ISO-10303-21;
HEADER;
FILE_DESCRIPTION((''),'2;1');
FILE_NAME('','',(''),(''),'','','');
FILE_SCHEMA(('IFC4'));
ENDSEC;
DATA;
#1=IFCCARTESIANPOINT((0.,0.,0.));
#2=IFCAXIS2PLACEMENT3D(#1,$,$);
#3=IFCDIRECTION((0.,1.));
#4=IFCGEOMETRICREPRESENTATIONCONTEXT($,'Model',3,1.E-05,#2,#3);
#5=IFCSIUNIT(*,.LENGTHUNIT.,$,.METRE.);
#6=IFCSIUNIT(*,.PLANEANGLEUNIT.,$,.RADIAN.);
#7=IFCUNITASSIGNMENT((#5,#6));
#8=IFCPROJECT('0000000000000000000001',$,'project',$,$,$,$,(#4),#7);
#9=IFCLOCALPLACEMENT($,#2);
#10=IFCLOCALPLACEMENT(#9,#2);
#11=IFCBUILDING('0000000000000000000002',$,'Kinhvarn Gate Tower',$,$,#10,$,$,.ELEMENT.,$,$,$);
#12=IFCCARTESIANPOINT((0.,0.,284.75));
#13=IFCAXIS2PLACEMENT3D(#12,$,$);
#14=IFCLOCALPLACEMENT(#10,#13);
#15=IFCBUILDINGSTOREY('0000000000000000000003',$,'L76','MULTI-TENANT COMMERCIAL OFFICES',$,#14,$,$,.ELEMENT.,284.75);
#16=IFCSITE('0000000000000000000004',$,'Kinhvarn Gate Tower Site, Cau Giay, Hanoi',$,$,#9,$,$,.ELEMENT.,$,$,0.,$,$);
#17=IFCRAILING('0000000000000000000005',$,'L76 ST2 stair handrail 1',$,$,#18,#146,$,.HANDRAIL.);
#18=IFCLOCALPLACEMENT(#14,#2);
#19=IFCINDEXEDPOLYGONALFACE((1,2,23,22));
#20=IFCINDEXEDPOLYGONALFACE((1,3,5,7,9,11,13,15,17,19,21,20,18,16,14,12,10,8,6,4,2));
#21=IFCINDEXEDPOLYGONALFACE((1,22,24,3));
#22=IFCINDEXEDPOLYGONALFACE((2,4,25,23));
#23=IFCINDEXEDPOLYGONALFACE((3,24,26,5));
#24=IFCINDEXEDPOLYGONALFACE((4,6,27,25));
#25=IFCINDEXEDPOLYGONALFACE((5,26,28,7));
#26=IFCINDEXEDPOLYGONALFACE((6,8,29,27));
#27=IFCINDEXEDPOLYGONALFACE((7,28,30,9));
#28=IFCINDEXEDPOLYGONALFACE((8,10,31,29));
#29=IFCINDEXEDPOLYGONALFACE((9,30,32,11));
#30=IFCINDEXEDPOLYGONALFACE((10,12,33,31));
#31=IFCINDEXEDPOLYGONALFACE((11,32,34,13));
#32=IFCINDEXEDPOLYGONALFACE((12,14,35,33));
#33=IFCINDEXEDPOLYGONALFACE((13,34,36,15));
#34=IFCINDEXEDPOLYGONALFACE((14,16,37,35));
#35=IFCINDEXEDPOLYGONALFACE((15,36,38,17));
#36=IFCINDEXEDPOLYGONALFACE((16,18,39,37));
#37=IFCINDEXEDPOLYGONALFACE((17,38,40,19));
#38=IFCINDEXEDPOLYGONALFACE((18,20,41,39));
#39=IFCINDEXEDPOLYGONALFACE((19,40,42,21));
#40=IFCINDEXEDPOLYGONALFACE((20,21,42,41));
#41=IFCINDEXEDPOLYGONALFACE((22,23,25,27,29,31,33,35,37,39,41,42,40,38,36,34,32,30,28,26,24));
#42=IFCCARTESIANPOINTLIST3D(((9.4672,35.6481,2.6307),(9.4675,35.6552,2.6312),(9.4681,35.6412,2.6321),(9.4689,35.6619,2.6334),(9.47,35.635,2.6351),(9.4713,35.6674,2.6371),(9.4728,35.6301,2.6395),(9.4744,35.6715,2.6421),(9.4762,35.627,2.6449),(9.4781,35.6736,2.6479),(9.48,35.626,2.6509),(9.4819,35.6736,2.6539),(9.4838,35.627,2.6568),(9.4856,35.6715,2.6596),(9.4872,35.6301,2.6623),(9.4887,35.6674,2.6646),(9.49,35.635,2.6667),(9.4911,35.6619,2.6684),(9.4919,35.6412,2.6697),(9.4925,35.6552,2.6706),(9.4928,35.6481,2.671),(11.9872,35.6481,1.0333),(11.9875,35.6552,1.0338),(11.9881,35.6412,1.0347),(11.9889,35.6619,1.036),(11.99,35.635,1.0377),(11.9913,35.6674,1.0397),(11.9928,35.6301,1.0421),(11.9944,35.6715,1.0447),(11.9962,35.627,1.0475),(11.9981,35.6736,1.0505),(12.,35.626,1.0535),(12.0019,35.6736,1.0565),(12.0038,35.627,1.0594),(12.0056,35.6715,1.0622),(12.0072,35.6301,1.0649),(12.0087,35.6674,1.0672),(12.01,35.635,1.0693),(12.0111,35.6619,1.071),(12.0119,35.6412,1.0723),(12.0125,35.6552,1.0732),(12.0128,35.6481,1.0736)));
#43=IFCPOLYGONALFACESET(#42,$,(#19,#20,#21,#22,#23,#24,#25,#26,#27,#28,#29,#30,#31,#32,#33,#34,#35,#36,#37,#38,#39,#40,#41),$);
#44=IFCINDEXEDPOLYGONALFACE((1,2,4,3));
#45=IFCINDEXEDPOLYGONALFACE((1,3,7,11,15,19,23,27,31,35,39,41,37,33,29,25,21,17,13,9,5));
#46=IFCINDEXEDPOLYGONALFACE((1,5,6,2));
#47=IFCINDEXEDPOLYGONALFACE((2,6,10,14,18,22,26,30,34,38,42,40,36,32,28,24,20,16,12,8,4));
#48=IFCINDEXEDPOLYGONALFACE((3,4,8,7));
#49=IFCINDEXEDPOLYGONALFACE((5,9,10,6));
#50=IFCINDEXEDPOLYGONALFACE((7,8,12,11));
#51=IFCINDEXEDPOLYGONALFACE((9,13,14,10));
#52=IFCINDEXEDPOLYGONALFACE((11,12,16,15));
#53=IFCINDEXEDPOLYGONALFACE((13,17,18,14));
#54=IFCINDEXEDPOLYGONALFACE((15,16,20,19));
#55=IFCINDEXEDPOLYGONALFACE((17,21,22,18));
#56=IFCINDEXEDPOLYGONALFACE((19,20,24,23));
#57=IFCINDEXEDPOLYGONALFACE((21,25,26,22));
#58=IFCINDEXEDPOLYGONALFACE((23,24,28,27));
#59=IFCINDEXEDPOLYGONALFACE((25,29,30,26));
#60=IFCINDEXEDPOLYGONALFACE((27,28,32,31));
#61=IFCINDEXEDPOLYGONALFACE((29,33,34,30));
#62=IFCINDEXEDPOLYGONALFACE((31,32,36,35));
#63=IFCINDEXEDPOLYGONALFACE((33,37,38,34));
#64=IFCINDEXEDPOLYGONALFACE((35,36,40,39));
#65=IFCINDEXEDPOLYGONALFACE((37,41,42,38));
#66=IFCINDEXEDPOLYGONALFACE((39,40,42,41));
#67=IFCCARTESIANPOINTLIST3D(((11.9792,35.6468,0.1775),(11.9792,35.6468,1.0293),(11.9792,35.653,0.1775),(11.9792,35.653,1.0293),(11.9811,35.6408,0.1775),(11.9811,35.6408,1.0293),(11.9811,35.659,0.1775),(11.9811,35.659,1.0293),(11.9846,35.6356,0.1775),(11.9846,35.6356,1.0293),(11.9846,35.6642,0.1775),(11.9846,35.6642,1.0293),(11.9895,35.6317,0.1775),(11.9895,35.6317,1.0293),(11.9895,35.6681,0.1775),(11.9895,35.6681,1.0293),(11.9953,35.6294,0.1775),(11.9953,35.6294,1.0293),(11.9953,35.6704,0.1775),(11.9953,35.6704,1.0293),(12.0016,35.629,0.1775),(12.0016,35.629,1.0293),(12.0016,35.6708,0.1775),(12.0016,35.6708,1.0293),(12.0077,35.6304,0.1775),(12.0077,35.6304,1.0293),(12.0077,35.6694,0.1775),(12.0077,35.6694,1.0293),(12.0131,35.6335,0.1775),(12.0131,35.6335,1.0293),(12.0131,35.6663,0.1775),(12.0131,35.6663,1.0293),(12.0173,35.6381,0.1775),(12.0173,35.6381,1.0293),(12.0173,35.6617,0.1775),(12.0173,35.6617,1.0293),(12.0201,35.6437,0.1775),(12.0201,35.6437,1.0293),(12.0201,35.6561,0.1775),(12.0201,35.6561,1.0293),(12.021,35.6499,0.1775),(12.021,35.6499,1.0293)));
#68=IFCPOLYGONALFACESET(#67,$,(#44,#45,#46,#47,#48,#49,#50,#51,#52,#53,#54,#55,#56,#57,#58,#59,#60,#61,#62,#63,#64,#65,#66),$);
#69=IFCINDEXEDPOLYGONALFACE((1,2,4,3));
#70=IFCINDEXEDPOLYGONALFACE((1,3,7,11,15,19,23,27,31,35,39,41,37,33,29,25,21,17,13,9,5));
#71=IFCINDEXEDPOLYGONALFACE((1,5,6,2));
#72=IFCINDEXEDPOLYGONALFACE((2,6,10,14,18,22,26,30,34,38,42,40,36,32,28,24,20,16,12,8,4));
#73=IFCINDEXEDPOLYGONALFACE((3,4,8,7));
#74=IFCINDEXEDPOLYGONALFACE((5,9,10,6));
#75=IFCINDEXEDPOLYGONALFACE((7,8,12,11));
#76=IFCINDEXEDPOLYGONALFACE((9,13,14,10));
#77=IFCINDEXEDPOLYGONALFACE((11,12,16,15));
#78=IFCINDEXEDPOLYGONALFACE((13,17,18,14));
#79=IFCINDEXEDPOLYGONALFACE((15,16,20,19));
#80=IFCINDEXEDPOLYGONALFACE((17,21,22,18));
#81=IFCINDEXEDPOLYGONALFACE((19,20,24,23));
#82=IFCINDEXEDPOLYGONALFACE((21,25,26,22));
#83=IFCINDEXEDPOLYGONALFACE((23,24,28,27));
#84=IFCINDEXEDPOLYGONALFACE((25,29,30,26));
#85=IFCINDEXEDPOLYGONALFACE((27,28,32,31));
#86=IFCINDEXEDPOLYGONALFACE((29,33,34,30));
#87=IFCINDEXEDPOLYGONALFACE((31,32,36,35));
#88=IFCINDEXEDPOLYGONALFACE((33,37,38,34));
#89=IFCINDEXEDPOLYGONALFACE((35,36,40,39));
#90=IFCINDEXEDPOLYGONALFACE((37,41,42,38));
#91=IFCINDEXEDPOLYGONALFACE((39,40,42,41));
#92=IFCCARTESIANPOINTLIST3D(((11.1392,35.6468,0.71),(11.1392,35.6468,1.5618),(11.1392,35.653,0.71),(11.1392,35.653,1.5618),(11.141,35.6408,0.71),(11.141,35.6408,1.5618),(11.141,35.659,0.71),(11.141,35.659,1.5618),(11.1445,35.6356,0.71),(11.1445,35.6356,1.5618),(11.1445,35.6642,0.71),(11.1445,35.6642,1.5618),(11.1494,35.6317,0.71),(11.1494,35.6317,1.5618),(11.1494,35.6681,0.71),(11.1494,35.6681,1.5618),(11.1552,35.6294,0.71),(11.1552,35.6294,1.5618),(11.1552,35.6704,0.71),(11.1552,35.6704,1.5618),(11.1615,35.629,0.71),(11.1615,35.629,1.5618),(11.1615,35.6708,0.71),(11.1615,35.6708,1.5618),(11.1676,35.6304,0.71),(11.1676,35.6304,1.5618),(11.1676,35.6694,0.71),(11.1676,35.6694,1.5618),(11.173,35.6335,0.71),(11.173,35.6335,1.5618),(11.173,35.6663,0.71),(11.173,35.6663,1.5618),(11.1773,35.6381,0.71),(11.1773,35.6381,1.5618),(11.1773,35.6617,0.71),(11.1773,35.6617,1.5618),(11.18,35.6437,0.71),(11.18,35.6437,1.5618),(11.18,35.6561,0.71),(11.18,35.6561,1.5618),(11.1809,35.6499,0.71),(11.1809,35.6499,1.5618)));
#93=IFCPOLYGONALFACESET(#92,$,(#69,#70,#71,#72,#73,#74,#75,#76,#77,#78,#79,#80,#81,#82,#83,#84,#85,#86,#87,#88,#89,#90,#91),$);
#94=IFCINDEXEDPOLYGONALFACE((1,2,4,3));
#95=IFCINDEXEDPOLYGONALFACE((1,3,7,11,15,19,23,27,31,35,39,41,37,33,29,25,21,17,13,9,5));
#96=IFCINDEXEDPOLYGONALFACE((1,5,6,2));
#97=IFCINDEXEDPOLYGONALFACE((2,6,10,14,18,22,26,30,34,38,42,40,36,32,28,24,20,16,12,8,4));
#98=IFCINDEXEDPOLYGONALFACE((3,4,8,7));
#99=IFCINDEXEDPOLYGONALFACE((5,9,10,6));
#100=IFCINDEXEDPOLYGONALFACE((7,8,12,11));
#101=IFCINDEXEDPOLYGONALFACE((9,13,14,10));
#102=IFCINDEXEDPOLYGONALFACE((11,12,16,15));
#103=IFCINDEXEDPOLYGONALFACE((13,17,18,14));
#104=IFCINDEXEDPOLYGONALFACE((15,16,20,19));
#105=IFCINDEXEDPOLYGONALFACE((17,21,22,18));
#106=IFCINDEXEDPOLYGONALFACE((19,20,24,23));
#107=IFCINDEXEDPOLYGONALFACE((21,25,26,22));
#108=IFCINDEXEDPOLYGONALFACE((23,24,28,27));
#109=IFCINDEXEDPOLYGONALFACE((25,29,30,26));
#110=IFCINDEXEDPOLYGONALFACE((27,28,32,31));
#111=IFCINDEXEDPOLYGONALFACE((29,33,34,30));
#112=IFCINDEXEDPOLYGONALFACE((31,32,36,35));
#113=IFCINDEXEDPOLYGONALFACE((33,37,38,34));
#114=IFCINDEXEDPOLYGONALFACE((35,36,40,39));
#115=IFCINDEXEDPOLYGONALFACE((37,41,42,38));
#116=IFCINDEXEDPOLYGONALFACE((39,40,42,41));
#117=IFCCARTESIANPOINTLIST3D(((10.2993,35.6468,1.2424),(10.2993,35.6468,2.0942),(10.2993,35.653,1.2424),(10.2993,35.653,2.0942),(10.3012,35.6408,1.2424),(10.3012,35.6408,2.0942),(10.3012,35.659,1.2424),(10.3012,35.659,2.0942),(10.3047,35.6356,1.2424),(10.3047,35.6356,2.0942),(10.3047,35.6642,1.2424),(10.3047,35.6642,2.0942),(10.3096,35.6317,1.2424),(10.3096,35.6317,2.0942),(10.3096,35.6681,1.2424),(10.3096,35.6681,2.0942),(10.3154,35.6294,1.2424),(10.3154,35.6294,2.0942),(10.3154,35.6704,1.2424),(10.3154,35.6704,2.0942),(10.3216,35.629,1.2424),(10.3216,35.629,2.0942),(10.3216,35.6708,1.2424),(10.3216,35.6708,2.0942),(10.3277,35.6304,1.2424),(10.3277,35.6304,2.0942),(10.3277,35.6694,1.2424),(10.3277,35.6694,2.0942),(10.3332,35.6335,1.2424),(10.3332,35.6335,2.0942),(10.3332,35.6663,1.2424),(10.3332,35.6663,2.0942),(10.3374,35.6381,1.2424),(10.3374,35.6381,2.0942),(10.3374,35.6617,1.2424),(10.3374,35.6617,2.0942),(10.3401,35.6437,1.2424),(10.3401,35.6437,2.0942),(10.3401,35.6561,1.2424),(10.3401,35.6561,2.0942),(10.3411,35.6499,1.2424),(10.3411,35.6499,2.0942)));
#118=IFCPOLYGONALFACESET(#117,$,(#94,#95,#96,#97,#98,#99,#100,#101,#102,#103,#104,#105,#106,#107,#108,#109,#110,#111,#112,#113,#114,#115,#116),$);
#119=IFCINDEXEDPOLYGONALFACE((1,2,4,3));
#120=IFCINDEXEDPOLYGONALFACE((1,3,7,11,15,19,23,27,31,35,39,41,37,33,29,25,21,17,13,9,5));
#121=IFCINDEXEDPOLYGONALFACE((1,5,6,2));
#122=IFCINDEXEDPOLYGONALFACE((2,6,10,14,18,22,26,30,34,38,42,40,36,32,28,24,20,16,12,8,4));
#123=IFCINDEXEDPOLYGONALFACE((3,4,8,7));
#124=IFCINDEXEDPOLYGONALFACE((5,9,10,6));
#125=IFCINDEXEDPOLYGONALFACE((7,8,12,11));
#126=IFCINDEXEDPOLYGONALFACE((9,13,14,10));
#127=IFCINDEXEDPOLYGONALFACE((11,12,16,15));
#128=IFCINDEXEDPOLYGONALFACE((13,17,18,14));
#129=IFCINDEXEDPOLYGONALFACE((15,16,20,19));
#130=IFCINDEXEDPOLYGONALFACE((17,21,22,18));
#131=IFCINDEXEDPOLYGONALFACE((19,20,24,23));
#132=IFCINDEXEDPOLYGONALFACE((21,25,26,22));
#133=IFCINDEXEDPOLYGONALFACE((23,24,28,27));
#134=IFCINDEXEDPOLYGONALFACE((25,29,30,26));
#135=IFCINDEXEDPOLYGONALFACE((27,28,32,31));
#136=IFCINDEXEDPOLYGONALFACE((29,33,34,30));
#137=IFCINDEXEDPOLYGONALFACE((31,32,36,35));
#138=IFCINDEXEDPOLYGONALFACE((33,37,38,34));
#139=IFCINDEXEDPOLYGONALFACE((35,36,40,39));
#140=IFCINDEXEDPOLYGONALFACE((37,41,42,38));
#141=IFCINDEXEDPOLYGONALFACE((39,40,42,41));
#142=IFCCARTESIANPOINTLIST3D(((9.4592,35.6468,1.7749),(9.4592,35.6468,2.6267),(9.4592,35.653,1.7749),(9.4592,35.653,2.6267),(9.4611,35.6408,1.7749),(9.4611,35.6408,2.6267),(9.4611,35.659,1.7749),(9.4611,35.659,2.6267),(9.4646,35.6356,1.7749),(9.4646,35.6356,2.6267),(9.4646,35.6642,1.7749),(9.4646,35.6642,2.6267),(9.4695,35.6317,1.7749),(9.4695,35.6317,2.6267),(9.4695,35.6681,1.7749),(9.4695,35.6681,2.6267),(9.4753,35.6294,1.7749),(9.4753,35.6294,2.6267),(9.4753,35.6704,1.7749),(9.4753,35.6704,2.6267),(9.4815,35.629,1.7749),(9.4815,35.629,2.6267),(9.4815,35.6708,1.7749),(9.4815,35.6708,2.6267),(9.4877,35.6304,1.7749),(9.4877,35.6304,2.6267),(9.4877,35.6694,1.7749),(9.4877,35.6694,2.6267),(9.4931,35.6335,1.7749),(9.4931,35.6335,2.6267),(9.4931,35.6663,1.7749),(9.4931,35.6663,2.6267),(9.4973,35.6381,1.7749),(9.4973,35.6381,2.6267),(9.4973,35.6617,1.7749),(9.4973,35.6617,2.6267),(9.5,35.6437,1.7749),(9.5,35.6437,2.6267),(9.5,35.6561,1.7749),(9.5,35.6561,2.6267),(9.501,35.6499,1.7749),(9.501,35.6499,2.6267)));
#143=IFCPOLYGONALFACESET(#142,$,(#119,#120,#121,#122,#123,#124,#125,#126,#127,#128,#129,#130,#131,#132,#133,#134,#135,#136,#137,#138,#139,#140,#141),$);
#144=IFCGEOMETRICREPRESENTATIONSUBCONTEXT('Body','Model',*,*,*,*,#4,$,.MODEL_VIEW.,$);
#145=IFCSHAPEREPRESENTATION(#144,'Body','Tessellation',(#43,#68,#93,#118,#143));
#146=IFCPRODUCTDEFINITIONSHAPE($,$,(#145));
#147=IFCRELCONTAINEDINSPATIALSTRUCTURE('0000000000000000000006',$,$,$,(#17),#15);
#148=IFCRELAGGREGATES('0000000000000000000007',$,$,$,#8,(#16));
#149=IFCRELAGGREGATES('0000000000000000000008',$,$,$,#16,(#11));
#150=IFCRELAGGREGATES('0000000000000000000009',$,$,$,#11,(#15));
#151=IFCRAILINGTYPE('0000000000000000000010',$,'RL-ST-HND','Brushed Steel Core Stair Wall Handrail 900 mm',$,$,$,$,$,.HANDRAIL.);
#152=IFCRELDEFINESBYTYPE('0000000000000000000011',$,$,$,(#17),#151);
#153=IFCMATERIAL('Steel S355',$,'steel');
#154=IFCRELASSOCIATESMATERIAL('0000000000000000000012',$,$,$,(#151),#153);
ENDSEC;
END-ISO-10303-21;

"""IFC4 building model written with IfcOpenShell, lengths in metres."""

from ifc_helpers import new_model, si_unit, direction, frame, origin, origin_2d, place, context, subcontext, project, spatial, circle, extrude, material, type_object, element, save


model = new_model("IFC4")

# Units and contexts
model_context = context("Model", 3, precision=1e-05, world=origin(), true_north=direction((0.0, 1.0)))
body_context = subcontext(model_context, "Body", "Model", "MODEL_VIEW")
ifc_project = project(units=[si_unit("LENGTHUNIT", "METRE"), si_unit("PLANEANGLEUNIT", "RADIAN")], contexts=[model_context])

# Site, building, storey
site_placement = place(None, origin())
site = spatial("IfcSite", under=ifc_project, at=site_placement, Name="Kinhvarn Gate Tower Site, Cau Giay, Hanoi", CompositionType="ELEMENT", RefElevation=0.0)
building_placement = place(site_placement, origin())
building = spatial("IfcBuilding", under=site, at=building_placement, Name="Kinhvarn Gate Tower", CompositionType="ELEMENT")
storey_placement = place(building_placement, frame((0.0, 0.0, 284.75)))
storey = spatial("IfcBuildingStorey", under=building, at=storey_placement, Name="L76", Description="MULTI-TENANT COMMERCIAL OFFICES", CompositionType="ELEMENT", Elevation=284.75)

# Shared definitions
ifc_material_1 = material(Name="Steel S355", Category="steel")

# Railing
railing_type_1 = type_object("IfcRailingType", Name="RL-ST-HND", Description="Brushed Steel Core Stair Wall Handrail 900 mm", PredefinedType="HANDRAIL", material=ifc_material_1)
railing_1_placement = place(storey_placement, frame((12.0, 35.6499, 0.1775)))
element("IfcRailing", 1, at=railing_1_placement, inside=storey, type_object=railing_type_1, Name="L76 ST2 stair handrail 1", PredefinedType="HANDRAIL", context=body_context, shape_type="SweptSolid", body=[
    extrude(circle(Radius=0.0239, at=origin_2d()), frame((0.0, 0.0, 0.876), z_axis=(-0.844607, 0.0, 0.535387), x_axis=(0.0, -1.0, 0.0)), (0.0, 0.0, 1.0), 2.9836),
    extrude(circle(Radius=0.021, at=origin_2d()), origin(), (0.0, 0.0, 1.0), 0.8518),
    extrude(circle(Radius=0.021, at=origin_2d()), frame((-0.8401, 0.0, 0.5325)), (0.0, 0.0, 1.0), 0.8518),
    extrude(circle(Radius=0.021, at=origin_2d()), frame((-1.6799, 0.0, 1.0649)), (0.0, 0.0, 1.0), 0.8518),
    extrude(circle(Radius=0.021, at=origin_2d()), frame((-2.52, 0.0, 1.5974)), (0.0, 0.0, 1.0), 0.8518),
])

save(model, "model.ifc")
